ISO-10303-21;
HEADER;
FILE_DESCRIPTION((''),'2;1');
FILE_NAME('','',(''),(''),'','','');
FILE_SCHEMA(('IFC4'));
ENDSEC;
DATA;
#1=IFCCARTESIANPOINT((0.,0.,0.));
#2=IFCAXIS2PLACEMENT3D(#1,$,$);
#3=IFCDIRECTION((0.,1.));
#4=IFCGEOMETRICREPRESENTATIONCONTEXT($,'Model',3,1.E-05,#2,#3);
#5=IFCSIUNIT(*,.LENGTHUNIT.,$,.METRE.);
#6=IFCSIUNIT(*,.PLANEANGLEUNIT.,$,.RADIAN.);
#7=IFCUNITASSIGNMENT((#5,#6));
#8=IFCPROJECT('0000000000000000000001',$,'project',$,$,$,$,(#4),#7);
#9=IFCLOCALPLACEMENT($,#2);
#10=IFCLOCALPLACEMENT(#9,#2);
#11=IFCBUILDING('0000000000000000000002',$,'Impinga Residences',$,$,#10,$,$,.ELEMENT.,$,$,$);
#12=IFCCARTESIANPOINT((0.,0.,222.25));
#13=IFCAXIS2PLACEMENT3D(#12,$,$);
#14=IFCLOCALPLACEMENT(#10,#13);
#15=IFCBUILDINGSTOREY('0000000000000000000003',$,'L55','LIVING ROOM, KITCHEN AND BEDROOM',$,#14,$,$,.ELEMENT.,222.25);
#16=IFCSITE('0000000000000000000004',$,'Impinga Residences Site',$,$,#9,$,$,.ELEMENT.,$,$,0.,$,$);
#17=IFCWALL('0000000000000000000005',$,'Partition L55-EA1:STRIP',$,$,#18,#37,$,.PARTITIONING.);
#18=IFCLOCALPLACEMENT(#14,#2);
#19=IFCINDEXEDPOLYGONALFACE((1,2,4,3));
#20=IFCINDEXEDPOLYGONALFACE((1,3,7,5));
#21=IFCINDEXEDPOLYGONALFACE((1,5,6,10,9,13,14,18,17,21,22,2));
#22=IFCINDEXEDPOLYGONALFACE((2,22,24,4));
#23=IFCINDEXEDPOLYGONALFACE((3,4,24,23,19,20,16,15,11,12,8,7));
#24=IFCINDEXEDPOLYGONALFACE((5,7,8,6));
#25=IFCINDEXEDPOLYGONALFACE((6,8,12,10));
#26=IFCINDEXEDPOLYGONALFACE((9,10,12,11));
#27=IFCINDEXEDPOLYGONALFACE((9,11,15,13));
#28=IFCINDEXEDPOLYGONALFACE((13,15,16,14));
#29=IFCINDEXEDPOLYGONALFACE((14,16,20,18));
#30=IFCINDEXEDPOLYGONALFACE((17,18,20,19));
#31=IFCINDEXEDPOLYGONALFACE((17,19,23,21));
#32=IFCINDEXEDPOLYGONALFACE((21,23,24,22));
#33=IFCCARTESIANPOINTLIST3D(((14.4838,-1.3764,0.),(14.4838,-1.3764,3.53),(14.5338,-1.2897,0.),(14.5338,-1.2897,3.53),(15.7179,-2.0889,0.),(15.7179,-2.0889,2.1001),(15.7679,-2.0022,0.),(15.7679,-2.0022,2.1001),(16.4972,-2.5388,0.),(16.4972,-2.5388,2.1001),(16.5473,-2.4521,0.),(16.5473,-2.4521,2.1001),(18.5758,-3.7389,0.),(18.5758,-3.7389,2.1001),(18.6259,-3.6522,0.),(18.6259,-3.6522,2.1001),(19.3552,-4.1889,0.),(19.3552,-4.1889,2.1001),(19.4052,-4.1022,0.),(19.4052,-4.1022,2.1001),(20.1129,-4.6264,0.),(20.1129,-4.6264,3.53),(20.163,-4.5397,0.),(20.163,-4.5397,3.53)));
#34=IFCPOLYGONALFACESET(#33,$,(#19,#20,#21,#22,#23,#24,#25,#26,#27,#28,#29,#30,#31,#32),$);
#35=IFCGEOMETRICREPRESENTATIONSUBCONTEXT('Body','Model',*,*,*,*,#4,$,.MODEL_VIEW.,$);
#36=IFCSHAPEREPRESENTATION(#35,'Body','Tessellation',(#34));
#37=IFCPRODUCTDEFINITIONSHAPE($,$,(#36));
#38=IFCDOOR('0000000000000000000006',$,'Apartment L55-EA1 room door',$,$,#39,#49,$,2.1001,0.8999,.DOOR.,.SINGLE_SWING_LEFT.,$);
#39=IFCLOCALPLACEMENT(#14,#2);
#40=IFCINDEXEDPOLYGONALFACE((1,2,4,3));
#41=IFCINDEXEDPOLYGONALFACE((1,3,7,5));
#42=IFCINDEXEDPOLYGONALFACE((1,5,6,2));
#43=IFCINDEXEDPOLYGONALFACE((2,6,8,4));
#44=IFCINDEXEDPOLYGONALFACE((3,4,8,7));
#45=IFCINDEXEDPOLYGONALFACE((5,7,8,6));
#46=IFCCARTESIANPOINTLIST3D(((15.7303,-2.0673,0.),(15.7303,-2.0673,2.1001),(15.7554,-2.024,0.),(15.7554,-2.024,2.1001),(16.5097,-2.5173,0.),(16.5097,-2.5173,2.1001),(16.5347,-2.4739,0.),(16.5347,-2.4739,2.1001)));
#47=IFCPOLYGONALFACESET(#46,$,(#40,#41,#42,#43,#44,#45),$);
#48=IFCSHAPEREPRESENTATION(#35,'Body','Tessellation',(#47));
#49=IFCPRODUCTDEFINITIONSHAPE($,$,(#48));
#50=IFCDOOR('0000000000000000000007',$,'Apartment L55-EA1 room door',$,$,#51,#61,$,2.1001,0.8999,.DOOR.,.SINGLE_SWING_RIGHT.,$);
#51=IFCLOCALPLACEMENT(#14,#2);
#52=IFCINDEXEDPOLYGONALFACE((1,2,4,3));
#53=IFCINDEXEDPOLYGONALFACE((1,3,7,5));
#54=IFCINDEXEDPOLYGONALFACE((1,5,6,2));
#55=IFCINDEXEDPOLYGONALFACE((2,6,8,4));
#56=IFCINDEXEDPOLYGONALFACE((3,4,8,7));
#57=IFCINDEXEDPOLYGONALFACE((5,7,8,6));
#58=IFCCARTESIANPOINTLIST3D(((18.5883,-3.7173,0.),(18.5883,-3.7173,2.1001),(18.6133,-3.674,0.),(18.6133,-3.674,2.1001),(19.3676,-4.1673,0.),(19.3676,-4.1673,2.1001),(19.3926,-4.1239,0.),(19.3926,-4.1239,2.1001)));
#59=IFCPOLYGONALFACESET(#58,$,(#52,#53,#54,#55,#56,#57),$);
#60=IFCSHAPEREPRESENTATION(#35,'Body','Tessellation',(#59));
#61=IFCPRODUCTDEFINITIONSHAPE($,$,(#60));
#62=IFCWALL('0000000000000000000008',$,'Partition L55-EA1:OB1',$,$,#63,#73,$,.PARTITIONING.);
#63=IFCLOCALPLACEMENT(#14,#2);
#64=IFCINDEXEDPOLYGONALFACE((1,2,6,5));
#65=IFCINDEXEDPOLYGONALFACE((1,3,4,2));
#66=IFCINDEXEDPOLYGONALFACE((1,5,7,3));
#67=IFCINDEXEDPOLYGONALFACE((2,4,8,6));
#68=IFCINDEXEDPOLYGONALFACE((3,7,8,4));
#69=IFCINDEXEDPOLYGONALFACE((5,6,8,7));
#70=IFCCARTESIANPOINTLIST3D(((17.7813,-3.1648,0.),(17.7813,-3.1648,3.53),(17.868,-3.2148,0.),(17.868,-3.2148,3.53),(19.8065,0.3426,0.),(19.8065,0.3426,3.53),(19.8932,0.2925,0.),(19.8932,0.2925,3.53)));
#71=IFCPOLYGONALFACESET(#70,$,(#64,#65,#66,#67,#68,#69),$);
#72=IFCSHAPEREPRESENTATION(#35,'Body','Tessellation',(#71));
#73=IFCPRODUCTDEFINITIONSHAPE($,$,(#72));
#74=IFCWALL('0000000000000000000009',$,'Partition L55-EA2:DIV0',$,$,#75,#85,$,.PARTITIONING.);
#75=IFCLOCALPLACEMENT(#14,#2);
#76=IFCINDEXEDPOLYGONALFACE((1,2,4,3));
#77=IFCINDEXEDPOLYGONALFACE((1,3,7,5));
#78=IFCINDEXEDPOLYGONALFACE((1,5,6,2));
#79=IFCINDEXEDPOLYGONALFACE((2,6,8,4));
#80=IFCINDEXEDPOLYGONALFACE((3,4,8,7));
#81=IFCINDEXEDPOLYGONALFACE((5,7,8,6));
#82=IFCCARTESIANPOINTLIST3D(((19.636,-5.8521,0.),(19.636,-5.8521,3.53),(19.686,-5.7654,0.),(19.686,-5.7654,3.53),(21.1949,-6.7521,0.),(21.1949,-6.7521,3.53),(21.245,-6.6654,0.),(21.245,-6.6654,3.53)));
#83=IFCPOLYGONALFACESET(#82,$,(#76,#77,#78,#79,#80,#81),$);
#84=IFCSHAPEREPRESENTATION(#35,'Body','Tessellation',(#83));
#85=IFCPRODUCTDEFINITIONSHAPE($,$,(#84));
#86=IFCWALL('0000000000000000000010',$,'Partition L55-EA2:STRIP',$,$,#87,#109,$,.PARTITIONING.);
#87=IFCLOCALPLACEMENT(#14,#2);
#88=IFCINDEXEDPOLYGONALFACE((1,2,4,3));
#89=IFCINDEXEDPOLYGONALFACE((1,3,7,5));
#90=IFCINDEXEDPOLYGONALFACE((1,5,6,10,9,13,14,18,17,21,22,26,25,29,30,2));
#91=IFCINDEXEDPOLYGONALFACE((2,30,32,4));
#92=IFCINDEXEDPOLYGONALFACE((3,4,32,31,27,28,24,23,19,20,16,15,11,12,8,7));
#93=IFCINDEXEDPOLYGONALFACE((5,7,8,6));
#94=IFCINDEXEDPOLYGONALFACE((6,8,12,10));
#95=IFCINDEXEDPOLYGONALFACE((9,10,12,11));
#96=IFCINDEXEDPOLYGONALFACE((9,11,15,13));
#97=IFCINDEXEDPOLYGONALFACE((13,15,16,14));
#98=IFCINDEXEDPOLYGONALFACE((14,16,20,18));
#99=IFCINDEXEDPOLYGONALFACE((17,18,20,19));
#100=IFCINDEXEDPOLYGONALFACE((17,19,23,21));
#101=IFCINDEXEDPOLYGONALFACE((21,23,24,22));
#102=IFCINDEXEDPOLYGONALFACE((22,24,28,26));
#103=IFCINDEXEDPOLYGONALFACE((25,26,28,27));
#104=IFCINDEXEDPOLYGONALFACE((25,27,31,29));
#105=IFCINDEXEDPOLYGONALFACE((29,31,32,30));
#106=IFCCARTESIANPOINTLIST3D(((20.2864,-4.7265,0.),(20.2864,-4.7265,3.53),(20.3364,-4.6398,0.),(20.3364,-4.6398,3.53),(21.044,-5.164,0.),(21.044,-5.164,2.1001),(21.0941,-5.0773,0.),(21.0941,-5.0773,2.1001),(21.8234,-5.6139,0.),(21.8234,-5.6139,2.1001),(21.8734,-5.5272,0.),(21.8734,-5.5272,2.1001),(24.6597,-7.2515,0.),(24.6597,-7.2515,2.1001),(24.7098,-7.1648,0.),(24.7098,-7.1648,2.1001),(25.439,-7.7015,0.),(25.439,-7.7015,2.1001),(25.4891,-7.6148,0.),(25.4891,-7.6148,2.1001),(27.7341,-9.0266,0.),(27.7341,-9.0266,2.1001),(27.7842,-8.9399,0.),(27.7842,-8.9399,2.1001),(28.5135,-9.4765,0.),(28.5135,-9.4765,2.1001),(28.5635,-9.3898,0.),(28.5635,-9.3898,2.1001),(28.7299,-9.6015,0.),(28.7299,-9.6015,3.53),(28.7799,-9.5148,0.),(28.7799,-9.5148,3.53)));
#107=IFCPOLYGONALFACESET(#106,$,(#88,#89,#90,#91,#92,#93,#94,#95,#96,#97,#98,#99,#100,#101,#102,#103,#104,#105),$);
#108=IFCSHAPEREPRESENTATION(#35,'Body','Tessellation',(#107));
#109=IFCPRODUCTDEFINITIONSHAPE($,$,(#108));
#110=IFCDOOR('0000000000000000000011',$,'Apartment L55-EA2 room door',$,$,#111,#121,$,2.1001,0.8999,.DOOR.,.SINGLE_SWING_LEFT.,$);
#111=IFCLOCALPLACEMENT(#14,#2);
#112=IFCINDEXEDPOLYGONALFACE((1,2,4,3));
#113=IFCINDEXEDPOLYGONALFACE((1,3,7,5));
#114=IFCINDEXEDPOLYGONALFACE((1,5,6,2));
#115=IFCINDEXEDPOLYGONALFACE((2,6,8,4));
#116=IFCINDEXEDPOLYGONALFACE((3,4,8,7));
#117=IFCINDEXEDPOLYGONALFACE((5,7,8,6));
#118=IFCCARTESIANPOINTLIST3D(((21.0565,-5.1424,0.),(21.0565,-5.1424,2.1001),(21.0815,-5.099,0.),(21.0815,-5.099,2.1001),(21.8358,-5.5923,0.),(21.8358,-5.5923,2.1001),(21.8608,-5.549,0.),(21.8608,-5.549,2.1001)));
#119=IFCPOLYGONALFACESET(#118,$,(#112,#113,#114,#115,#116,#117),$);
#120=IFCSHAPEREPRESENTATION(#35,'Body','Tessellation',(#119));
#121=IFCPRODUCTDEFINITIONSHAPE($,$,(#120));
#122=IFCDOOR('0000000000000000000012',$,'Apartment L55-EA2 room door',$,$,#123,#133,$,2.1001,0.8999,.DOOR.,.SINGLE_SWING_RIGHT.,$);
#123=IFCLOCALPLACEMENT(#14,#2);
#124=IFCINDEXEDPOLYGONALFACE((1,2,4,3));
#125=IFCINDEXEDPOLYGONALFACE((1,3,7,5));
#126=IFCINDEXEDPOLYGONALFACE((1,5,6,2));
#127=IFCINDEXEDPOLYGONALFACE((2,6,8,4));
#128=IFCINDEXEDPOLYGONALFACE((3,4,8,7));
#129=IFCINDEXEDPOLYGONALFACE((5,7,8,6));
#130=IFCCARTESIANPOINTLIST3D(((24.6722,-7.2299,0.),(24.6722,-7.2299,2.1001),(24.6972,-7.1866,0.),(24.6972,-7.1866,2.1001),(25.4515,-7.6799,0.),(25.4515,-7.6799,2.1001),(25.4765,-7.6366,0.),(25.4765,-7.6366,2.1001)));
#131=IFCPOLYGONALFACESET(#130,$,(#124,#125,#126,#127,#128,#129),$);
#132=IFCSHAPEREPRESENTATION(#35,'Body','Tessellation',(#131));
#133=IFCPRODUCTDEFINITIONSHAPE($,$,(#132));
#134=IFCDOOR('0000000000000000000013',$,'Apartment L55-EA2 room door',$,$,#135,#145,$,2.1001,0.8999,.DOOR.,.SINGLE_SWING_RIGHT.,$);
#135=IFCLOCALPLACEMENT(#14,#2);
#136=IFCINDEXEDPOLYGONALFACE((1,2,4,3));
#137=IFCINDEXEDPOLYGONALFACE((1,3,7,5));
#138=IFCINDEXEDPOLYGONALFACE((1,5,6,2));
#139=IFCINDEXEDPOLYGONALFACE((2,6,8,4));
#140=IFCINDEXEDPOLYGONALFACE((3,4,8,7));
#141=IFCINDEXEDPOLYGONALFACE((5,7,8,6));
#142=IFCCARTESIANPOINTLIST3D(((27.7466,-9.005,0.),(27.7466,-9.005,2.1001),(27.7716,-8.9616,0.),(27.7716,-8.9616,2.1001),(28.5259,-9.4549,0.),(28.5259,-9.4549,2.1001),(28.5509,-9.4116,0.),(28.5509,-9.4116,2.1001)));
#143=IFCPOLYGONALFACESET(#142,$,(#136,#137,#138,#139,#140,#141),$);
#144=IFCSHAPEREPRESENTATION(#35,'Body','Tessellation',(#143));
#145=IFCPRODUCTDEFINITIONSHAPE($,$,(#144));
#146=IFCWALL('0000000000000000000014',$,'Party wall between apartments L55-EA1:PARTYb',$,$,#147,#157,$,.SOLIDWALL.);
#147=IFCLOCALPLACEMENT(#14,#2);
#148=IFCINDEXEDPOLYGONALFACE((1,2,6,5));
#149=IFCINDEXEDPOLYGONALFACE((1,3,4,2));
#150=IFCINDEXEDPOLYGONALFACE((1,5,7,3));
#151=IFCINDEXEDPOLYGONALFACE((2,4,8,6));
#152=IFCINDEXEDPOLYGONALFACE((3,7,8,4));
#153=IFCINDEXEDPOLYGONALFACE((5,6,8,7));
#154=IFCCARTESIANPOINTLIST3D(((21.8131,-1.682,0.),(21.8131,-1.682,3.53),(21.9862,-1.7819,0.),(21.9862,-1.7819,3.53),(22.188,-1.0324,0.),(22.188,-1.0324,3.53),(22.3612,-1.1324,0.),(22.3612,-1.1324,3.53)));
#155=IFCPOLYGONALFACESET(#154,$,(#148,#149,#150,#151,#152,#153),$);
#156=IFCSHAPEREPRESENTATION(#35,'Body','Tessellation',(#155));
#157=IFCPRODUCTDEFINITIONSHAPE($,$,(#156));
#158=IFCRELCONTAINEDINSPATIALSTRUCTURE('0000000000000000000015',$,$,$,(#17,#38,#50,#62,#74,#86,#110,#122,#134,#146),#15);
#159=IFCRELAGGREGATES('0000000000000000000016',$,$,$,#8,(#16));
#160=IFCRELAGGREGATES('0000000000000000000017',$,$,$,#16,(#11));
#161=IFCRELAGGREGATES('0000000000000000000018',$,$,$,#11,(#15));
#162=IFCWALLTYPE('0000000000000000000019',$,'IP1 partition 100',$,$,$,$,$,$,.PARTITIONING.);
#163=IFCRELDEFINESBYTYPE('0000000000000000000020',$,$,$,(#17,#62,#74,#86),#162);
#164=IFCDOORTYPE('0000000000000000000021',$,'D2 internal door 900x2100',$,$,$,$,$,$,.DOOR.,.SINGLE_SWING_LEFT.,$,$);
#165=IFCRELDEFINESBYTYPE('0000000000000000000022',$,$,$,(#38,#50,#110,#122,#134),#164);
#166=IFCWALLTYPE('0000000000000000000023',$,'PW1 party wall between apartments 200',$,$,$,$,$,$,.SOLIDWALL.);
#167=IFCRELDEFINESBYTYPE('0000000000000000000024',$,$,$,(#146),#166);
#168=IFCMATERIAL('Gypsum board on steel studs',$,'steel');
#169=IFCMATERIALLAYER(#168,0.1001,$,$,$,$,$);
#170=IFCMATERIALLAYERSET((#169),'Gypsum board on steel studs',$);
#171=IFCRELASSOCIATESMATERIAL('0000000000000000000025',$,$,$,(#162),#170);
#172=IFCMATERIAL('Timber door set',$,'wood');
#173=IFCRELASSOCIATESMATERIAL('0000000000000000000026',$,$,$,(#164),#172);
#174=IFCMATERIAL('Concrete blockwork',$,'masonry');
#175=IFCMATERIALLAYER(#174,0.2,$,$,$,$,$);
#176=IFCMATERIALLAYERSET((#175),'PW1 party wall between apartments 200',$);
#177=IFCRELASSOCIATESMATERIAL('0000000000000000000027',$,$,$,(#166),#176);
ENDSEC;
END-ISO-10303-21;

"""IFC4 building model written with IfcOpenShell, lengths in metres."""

from ifc_helpers import new_model, si_unit, direction, frame, frame_2d, origin, place, context, subcontext, project, spatial, rectangle, extrude, material, layer, layer_set, type_object, element, fill, save


model = new_model("IFC4")

# Units and contexts
model_context = context("Model", 3, precision=1e-05, world=origin(), true_north=direction((0.0, 1.0)))
body_context = subcontext(model_context, "Body", "Model", "MODEL_VIEW")
ifc_project = project(units=[si_unit("LENGTHUNIT", "METRE"), si_unit("PLANEANGLEUNIT", "RADIAN")], contexts=[model_context])

# Site, building, storey
site_placement = place(None, origin())
site = spatial("IfcSite", under=ifc_project, at=site_placement, Name="Impinga Residences Site", CompositionType="ELEMENT", RefElevation=0.0)
building_placement = place(site_placement, origin())
building = spatial("IfcBuilding", under=site, at=building_placement, Name="Impinga Residences", CompositionType="ELEMENT")
storey_placement = place(building_placement, frame((0.0, 0.0, 222.25)))
storey = spatial("IfcBuildingStorey", under=building, at=storey_placement, Name="L55", Description="LIVING ROOM, KITCHEN AND BEDROOM", CompositionType="ELEMENT", Elevation=222.25)

# Shared definitions
ifc_material_1 = material(Name="Gypsum board on steel studs", Category="steel")
ifc_layer_1 = layer(ifc_material_1, 0.1001)
ifc_layer_set_1 = layer_set([ifc_layer_1], Name="Gypsum board on steel studs")
wall_type_1 = type_object("IfcWallType", Name="IP1 partition 100", PredefinedType="PARTITIONING", material=ifc_layer_set_1)

# Wall, openings, doors
wall_1_placement = place(storey_placement, frame((14.5088, -1.333, 0.0), z_axis=(0.0, 0.0, 1.0), x_axis=(0.866025, -0.500001, 0.0)))
wall_1 = element("IfcWall", 1, at=wall_1_placement, inside=storey, type_object=wall_type_1, Name="Partition L55-EA1:STRIP", PredefinedType="PARTITIONING", context=body_context, shape_type="SweptSolid", body=[
    extrude(rectangle(XDim=6.5, YDim=0.1001, at=frame_2d((3.25, 0.0))), origin(), (0.0, 0.0, 1.0), 3.53),
])
opening_1_placement = place(wall_1_placement, frame((1.425, 0.0, 0.0)))
opening_1 = element("IfcOpeningElement", 2, at=opening_1_placement, cuts=wall_1, PredefinedType="OPENING", context=body_context, shape_type="SweptSolid", body=[
    extrude(rectangle(XDim=0.8999, YDim=2.1001, at=frame_2d((0.45, 1.05))), frame((0.0, 0.0601, 0.0), z_axis=(0.0, -1.0, 0.0), x_axis=(1.0, 0.0, 0.0)), (0.0, 0.0, 1.0), 0.1201),
])
opening_2_placement = place(wall_1_placement, frame((4.7251, 0.0, 0.0)))
opening_2 = element("IfcOpeningElement", 3, at=opening_2_placement, cuts=wall_1, PredefinedType="OPENING", context=body_context, shape_type="SweptSolid", body=[
    extrude(rectangle(XDim=0.8999, YDim=2.1001, at=frame_2d((0.45, 1.05))), frame((0.0, 0.0601, 0.0), z_axis=(0.0, -1.0, 0.0), x_axis=(1.0, 0.0, 0.0)), (0.0, 0.0, 1.0), 0.1201),
])
ifc_material_2 = material(Name="Timber door set", Category="wood")
door_type = type_object("IfcDoorType", Name="D2 internal door 900x2100", OperationType="SINGLE_SWING_LEFT", PredefinedType="DOOR", material=ifc_material_2)
door_1_placement = place(opening_1_placement, origin())
door_1 = element("IfcDoor", 4, at=door_1_placement, inside=storey, type_object=door_type, Name="Apartment L55-EA1 room door", OperationType="SINGLE_SWING_LEFT", OverallHeight=2.1001, OverallWidth=0.8999, PredefinedType="DOOR", context=body_context, shape_type="SweptSolid", body=[
    extrude(rectangle(XDim=0.8999, YDim=2.1001, at=frame_2d((0.45, 1.05))), frame((0.0, 0.0249, 0.0), z_axis=(0.0, -1.0, 0.0), x_axis=(1.0, 0.0, 0.0)), (0.0, 0.0, 1.0), 0.05),
])
fill(opening_1, door_1)
door_2_placement = place(opening_2_placement, origin())
door_2 = element("IfcDoor", 5, at=door_2_placement, inside=storey, type_object=door_type, Name="Apartment L55-EA1 room door", OperationType="SINGLE_SWING_RIGHT", OverallHeight=2.1001, OverallWidth=0.8999, PredefinedType="DOOR", context=body_context, shape_type="SweptSolid", body=[
    extrude(rectangle(XDim=0.8999, YDim=2.1001, at=frame_2d((0.45, 1.05))), frame((0.0, 0.0249, 0.0), z_axis=(0.0, -1.0, 0.0), x_axis=(1.0, 0.0, 0.0)), (0.0, 0.0, 1.0), 0.05),
])
fill(opening_2, door_2)

# Walls
wall_2_placement = place(storey_placement, frame((17.8247, -3.1897, 0.0), z_axis=(0.0, 0.0, 1.0), x_axis=(0.500036, 0.866005, 0.0)))
element("IfcWall", 6, at=wall_2_placement, inside=storey, type_object=wall_type_1, Name="Partition L55-EA1:OB1", PredefinedType="PARTITIONING", context=body_context, shape_type="SweptSolid", body=[
    extrude(rectangle(XDim=4.05, YDim=0.1001, at=frame_2d((2.0249, 0.0))), origin(), (0.0, 0.0, 1.0), 3.53),
])
wall_3_placement = place(storey_placement, frame((19.6611, -5.8088, 0.0), z_axis=(0.0, 0.0, 1.0), x_axis=(0.866048, -0.499961, 0.0)))
element("IfcWall", 7, at=wall_3_placement, inside=storey, type_object=wall_type_1, Name="Partition L55-EA2:DIV0", PredefinedType="PARTITIONING", context=body_context, shape_type="SweptSolid", body=[
    extrude(rectangle(XDim=1.8, YDim=0.1001, at=frame_2d((0.8999, 0.0))), origin(), (0.0, 0.0, 1.0), 3.53),
])

# Wall, openings, doors
wall_4_placement = place(storey_placement, frame((20.3113, -4.6831, 0.0), z_axis=(0.0, 0.0, 1.0), x_axis=(0.866022, -0.500006, 0.0)))
wall_4 = element("IfcWall", 8, at=wall_4_placement, inside=storey, type_object=wall_type_1, Name="Partition L55-EA2:STRIP", PredefinedType="PARTITIONING", context=body_context, shape_type="SweptSolid", body=[
    extrude(rectangle(XDim=9.7498, YDim=0.1001, at=frame_2d((4.875, 0.0))), origin(), (0.0, 0.0, 1.0), 3.53),
])
opening_3_placement = place(wall_4_placement, frame((0.875, 0.0, 0.0)))
opening_3 = element("IfcOpeningElement", 9, at=opening_3_placement, cuts=wall_4, PredefinedType="OPENING", context=body_context, shape_type="SweptSolid", body=[
    extrude(rectangle(XDim=0.8999, YDim=2.1001, at=frame_2d((0.45, 1.05))), frame((0.0, 0.0601, 0.0), z_axis=(0.0, -1.0, 0.0), x_axis=(1.0, 0.0, 0.0)), (0.0, 0.0, 1.0), 0.1201),
])
opening_4_placement = place(wall_4_placement, frame((5.05, 0.0, 0.0)))
opening_4 = element("IfcOpeningElement", 10, at=opening_4_placement, cuts=wall_4, PredefinedType="OPENING", context=body_context, shape_type="SweptSolid", body=[
    extrude(rectangle(XDim=0.8999, YDim=2.1001, at=frame_2d((0.45, 1.05))), frame((0.0, 0.0601, 0.0), z_axis=(0.0, -1.0, 0.0), x_axis=(1.0, 0.0, 0.0)), (0.0, 0.0, 1.0), 0.1201),
])
opening_5_placement = place(wall_4_placement, frame((8.6001, 0.0, 0.0)))
opening_5 = element("IfcOpeningElement", 11, at=opening_5_placement, cuts=wall_4, PredefinedType="OPENING", context=body_context, shape_type="SweptSolid", body=[
    extrude(rectangle(XDim=0.8999, YDim=2.1001, at=frame_2d((0.45, 1.05))), frame((0.0, 0.0601, 0.0), z_axis=(0.0, -1.0, 0.0), x_axis=(1.0, 0.0, 0.0)), (0.0, 0.0, 1.0), 0.1201),
])
door_3_placement = place(opening_3_placement, origin())
door_3 = element("IfcDoor", 12, at=door_3_placement, inside=storey, type_object=door_type, Name="Apartment L55-EA2 room door", OperationType="SINGLE_SWING_LEFT", OverallHeight=2.1001, OverallWidth=0.8999, PredefinedType="DOOR", context=body_context, shape_type="SweptSolid", body=[
    extrude(rectangle(XDim=0.8999, YDim=2.1001, at=frame_2d((0.45, 1.05))), frame((0.0, 0.0249, 0.0), z_axis=(0.0, -1.0, 0.0), x_axis=(1.0, 0.0, 0.0)), (0.0, 0.0, 1.0), 0.05),
])
fill(opening_3, door_3)
door_4_placement = place(opening_4_placement, origin())
door_4 = element("IfcDoor", 13, at=door_4_placement, inside=storey, type_object=door_type, Name="Apartment L55-EA2 room door", OperationType="SINGLE_SWING_RIGHT", OverallHeight=2.1001, OverallWidth=0.8999, PredefinedType="DOOR", context=body_context, shape_type="SweptSolid", body=[
    extrude(rectangle(XDim=0.8999, YDim=2.1001, at=frame_2d((0.45, 1.05))), frame((0.0, 0.0249, 0.0), z_axis=(0.0, -1.0, 0.0), x_axis=(1.0, 0.0, 0.0)), (0.0, 0.0, 1.0), 0.05),
])
fill(opening_4, door_4)
door_5_placement = place(opening_5_placement, origin())
door_5 = element("IfcDoor", 14, at=door_5_placement, inside=storey, type_object=door_type, Name="Apartment L55-EA2 room door", OperationType="SINGLE_SWING_RIGHT", OverallHeight=2.1001, OverallWidth=0.8999, PredefinedType="DOOR", context=body_context, shape_type="SweptSolid", body=[
    extrude(rectangle(XDim=0.8999, YDim=2.1001, at=frame_2d((0.45, 1.05))), frame((0.0, 0.0249, 0.0), z_axis=(0.0, -1.0, 0.0), x_axis=(1.0, 0.0, 0.0)), (0.0, 0.0, 1.0), 0.05),
])
fill(opening_5, door_5)

# Wall
ifc_material_3 = material(Name="Concrete blockwork", Category="masonry")
ifc_layer_2 = layer(ifc_material_3, 0.2)
ifc_layer_set_2 = layer_set([ifc_layer_2], Name="PW1 party wall between apartments 200")
wall_type_2 = type_object("IfcWallType", Name="PW1 party wall between apartments 200", PredefinedType="SOLIDWALL", material=ifc_layer_set_2)
wall_5_placement = place(storey_placement, frame((21.8997, -1.7319, 0.0), z_axis=(0.0, 0.0, 1.0), x_axis=(0.49992, 0.866072, 0.0)))
element("IfcWall", 15, at=wall_5_placement, inside=storey, type_object=wall_type_2, Name="Party wall between apartments L55-EA1:PARTYb", PredefinedType="SOLIDWALL", context=body_context, shape_type="SweptSolid", body=[
    extrude(rectangle(XDim=0.75, YDim=0.2, at=frame_2d((0.375, 0.0))), origin(), (0.0, 0.0, 1.0), 3.53),
])

save(model, "model.ifc")
